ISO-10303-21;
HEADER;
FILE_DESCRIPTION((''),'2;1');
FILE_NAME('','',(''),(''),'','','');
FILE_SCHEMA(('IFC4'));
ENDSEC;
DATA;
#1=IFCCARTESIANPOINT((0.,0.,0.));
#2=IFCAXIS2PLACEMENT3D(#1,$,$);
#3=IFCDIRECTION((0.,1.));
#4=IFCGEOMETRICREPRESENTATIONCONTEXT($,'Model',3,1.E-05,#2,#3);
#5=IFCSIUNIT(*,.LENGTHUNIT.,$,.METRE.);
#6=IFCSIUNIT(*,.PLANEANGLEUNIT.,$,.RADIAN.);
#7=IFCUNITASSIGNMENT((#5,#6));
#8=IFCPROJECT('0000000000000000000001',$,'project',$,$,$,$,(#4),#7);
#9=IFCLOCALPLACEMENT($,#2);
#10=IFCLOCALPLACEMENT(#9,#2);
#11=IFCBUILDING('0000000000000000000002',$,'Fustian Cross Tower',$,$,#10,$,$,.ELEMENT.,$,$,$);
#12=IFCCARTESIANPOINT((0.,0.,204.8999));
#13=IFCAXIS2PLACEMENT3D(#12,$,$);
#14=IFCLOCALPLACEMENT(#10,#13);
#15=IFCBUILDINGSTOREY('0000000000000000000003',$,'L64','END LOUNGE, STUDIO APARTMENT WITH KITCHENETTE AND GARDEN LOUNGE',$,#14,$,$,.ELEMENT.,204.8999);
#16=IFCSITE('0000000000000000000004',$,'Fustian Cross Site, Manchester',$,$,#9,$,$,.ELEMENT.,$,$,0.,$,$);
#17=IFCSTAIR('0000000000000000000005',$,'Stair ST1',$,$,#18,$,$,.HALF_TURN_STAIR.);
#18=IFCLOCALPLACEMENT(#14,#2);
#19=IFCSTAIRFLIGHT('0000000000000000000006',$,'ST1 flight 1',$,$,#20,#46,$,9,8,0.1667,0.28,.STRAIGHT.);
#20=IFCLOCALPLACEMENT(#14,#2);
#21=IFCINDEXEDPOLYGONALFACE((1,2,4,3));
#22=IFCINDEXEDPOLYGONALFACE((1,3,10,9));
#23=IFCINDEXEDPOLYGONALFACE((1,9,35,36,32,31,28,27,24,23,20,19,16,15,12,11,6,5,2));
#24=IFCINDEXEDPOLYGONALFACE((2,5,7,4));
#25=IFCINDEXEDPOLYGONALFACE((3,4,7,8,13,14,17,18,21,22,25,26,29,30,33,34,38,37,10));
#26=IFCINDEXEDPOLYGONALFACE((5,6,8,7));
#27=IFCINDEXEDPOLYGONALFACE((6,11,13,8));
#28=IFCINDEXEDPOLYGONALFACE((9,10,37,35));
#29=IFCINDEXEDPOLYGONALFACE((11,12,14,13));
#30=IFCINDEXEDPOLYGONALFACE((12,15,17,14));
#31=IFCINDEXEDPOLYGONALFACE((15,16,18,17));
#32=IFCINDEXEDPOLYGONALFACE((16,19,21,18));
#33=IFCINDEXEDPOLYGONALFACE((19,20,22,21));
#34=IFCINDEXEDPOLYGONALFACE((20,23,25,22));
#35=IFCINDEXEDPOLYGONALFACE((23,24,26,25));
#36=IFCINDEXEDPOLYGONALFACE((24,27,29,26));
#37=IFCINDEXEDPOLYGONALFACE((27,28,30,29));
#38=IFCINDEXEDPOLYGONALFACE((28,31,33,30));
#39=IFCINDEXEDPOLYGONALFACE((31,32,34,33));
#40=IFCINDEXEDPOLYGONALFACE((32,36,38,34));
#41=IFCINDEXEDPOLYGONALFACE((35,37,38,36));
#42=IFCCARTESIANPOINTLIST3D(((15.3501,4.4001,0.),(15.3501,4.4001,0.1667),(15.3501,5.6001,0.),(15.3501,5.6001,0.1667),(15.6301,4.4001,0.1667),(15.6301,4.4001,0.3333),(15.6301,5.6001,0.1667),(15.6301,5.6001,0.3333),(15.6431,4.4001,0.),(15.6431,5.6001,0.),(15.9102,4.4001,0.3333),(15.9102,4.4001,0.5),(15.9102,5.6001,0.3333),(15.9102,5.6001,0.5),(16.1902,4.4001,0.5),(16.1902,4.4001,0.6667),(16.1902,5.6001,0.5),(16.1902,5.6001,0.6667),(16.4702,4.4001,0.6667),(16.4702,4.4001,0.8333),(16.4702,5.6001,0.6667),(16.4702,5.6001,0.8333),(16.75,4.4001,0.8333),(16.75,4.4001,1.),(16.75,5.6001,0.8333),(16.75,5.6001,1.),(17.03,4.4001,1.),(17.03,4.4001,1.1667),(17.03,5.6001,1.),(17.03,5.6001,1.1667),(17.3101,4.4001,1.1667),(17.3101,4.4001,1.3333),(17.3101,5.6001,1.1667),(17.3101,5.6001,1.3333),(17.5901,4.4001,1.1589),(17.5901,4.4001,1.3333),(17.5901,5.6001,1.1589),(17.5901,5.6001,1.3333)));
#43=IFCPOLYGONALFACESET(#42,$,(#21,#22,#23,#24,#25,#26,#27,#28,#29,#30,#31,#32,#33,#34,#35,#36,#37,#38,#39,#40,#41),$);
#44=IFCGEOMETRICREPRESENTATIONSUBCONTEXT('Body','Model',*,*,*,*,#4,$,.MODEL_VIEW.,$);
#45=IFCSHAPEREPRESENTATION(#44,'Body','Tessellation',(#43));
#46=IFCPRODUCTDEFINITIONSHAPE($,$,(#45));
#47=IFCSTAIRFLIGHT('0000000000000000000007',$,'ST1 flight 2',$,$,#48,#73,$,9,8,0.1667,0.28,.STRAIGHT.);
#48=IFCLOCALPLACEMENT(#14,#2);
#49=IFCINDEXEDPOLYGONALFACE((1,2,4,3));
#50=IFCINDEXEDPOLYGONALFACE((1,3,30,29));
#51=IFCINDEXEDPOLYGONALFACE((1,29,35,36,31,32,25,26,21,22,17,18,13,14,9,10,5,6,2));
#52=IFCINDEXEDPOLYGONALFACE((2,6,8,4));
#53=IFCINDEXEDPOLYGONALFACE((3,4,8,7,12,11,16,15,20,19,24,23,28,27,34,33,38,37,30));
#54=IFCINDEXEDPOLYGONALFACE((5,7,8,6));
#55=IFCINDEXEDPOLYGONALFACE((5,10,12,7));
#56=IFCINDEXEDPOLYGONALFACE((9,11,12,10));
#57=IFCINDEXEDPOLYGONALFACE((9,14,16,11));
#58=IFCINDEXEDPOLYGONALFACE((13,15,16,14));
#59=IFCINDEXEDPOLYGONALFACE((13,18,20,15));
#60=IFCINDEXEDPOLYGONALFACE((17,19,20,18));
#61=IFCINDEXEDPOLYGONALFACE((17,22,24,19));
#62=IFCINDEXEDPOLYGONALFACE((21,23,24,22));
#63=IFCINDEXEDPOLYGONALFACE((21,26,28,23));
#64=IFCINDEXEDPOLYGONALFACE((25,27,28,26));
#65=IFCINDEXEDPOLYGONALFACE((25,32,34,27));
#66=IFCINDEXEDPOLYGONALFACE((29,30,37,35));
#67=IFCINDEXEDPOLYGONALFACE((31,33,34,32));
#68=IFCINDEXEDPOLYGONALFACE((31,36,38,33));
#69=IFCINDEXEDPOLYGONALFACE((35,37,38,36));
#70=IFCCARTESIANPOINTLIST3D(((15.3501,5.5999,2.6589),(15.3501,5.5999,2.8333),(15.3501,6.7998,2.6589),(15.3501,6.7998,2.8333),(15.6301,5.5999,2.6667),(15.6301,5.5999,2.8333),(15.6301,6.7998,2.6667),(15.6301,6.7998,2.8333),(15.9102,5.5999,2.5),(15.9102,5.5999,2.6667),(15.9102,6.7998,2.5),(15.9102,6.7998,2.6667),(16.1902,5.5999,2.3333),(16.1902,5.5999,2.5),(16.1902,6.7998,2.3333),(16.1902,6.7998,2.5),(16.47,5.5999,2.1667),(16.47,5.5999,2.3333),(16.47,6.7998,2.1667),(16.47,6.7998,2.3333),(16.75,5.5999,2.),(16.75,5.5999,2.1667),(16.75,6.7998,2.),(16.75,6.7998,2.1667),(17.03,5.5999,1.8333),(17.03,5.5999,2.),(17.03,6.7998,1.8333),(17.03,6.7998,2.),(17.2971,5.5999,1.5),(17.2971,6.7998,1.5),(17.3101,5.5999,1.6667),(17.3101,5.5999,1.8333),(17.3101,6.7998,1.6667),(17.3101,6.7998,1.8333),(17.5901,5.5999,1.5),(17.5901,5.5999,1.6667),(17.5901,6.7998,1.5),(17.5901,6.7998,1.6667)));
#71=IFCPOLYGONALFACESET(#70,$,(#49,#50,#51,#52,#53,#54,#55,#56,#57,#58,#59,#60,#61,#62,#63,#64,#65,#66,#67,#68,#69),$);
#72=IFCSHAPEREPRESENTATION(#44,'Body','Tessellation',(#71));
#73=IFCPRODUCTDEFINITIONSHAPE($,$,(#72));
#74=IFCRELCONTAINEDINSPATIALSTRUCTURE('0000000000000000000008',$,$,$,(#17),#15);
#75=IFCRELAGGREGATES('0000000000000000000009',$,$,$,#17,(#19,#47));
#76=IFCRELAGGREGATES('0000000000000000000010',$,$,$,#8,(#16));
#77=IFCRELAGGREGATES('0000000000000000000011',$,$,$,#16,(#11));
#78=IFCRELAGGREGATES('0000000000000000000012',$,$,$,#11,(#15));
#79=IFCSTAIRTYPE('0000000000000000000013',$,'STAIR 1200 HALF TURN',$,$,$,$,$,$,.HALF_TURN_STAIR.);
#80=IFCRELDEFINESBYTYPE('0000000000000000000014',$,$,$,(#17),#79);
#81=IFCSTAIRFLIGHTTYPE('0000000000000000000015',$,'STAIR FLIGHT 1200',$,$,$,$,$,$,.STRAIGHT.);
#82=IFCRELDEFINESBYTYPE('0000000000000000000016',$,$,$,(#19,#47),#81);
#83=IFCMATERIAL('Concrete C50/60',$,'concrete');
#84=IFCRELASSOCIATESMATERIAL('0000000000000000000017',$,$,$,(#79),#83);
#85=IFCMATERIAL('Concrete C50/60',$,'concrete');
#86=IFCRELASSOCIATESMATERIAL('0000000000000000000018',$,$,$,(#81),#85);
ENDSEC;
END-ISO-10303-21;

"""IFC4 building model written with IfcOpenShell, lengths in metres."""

from ifc_helpers import new_model, si_unit, direction, frame, origin, place, context, subcontext, project, spatial, polyline, outline, extrude, material, type_object, element, aggregate, save


model = new_model("IFC4")

# Units and contexts
model_context = context("Model", 3, precision=1e-05, world=origin(), true_north=direction((0.0, 1.0)))
body_context = subcontext(model_context, "Body", "Model", "MODEL_VIEW")
ifc_project = project(units=[si_unit("LENGTHUNIT", "METRE"), si_unit("PLANEANGLEUNIT", "RADIAN")], contexts=[model_context])

# Site, building, storey
site_placement = place(None, origin())
site = spatial("IfcSite", under=ifc_project, at=site_placement, Name="Fustian Cross Site, Manchester", CompositionType="ELEMENT", RefElevation=0.0)
building_placement = place(site_placement, origin())
building = spatial("IfcBuilding", under=site, at=building_placement, Name="Fustian Cross Tower", CompositionType="ELEMENT")
storey_placement = place(building_placement, frame((0.0, 0.0, 204.8999)))
storey = spatial("IfcBuildingStorey", under=building, at=storey_placement, Name="L64", Description="END LOUNGE, STUDIO APARTMENT WITH KITCHENETTE AND GARDEN LOUNGE", CompositionType="ELEMENT", Elevation=204.8999)

# Stair, stair flights
ifc_material_1 = material(Name="Concrete C50/60", Category="concrete")
stair_type = type_object("IfcStairType", Name="STAIR 1200 HALF TURN", PredefinedType="HALF_TURN_STAIR", material=ifc_material_1)
stair_placement = place(storey_placement, origin())
stair = element("IfcStair", 1, at=stair_placement, inside=storey, type_object=stair_type, Name="Stair ST1", PredefinedType="HALF_TURN_STAIR")
ifc_material_2 = material(Name="Concrete C50/60", Category="concrete")
stair_flight_type = type_object("IfcStairFlightType", Name="STAIR FLIGHT 1200", PredefinedType="STRAIGHT", material=ifc_material_2)
stair_flight_1_placement = place(storey_placement, frame((15.3501, 5.0, 0.0), z_axis=(0.0, 0.0, 1.0), x_axis=(1.0, 0.0, 0.0)))
stair_flight_1 = element("IfcStairFlight", 2, at=stair_flight_1_placement, type_object=stair_flight_type, Name="ST1 flight 1", NumberOfRisers=9, NumberOfTreads=8, PredefinedType="STRAIGHT", RiserHeight=0.1667, TreadLength=0.28, context=body_context, shape_type="SweptSolid", body=[
    extrude(outline(polyline([(0.0, 0.0), (0.0, 0.1667), (0.28, 0.1667), (0.28, 0.3333), (0.5601, 0.3333), (0.5601, 0.5), (0.8401, 0.5), (0.8401, 0.6667), (1.1201, 0.6667), (1.1201, 0.8333), (1.3999, 0.8333), (1.3999, 1.0), (1.6799, 1.0), (1.6799, 1.1667), (1.96, 1.1667), (1.96, 1.3333), (2.24, 1.3333), (2.24, 1.5), (2.24, 1.1589), (0.293, 0.0), (0.0, 0.0)])), frame((0.0, 0.6001, 0.0), z_axis=(0.0, -1.0, 0.0), x_axis=(1.0, 0.0, 0.0)), (0.0, 0.0, 1.0), 1.2),
])
stair_flight_2_placement = place(storey_placement, frame((17.5901, 6.2, 1.5), z_axis=(0.0, 0.0, 1.0), x_axis=(-1.0, 0.0, 0.0)))
stair_flight_2 = element("IfcStairFlight", 3, at=stair_flight_2_placement, type_object=stair_flight_type, Name="ST1 flight 2", NumberOfRisers=9, NumberOfTreads=8, PredefinedType="STRAIGHT", RiserHeight=0.1667, TreadLength=0.28, context=body_context, shape_type="SweptSolid", body=[
    extrude(outline(polyline([(0.0, 0.0), (0.0, 0.1667), (0.28, 0.1667), (0.28, 0.3333), (0.5601, 0.3333), (0.5601, 0.5), (0.8401, 0.5), (0.8401, 0.6667), (1.1201, 0.6667), (1.1201, 0.8333), (1.3999, 0.8333), (1.3999, 1.0), (1.6799, 1.0), (1.6799, 1.1667), (1.96, 1.1667), (1.96, 1.3333), (2.24, 1.3333), (2.24, 1.5), (2.24, 1.1589), (0.293, 0.0), (0.0, 0.0)])), frame((0.0, 0.6001, 0.0), z_axis=(0.0, -1.0, 0.0), x_axis=(1.0, 0.0, 0.0)), (0.0, 0.0, 1.0), 1.2),
])
aggregate(stair, [stair_flight_1, stair_flight_2])

save(model, "model.ifc")
